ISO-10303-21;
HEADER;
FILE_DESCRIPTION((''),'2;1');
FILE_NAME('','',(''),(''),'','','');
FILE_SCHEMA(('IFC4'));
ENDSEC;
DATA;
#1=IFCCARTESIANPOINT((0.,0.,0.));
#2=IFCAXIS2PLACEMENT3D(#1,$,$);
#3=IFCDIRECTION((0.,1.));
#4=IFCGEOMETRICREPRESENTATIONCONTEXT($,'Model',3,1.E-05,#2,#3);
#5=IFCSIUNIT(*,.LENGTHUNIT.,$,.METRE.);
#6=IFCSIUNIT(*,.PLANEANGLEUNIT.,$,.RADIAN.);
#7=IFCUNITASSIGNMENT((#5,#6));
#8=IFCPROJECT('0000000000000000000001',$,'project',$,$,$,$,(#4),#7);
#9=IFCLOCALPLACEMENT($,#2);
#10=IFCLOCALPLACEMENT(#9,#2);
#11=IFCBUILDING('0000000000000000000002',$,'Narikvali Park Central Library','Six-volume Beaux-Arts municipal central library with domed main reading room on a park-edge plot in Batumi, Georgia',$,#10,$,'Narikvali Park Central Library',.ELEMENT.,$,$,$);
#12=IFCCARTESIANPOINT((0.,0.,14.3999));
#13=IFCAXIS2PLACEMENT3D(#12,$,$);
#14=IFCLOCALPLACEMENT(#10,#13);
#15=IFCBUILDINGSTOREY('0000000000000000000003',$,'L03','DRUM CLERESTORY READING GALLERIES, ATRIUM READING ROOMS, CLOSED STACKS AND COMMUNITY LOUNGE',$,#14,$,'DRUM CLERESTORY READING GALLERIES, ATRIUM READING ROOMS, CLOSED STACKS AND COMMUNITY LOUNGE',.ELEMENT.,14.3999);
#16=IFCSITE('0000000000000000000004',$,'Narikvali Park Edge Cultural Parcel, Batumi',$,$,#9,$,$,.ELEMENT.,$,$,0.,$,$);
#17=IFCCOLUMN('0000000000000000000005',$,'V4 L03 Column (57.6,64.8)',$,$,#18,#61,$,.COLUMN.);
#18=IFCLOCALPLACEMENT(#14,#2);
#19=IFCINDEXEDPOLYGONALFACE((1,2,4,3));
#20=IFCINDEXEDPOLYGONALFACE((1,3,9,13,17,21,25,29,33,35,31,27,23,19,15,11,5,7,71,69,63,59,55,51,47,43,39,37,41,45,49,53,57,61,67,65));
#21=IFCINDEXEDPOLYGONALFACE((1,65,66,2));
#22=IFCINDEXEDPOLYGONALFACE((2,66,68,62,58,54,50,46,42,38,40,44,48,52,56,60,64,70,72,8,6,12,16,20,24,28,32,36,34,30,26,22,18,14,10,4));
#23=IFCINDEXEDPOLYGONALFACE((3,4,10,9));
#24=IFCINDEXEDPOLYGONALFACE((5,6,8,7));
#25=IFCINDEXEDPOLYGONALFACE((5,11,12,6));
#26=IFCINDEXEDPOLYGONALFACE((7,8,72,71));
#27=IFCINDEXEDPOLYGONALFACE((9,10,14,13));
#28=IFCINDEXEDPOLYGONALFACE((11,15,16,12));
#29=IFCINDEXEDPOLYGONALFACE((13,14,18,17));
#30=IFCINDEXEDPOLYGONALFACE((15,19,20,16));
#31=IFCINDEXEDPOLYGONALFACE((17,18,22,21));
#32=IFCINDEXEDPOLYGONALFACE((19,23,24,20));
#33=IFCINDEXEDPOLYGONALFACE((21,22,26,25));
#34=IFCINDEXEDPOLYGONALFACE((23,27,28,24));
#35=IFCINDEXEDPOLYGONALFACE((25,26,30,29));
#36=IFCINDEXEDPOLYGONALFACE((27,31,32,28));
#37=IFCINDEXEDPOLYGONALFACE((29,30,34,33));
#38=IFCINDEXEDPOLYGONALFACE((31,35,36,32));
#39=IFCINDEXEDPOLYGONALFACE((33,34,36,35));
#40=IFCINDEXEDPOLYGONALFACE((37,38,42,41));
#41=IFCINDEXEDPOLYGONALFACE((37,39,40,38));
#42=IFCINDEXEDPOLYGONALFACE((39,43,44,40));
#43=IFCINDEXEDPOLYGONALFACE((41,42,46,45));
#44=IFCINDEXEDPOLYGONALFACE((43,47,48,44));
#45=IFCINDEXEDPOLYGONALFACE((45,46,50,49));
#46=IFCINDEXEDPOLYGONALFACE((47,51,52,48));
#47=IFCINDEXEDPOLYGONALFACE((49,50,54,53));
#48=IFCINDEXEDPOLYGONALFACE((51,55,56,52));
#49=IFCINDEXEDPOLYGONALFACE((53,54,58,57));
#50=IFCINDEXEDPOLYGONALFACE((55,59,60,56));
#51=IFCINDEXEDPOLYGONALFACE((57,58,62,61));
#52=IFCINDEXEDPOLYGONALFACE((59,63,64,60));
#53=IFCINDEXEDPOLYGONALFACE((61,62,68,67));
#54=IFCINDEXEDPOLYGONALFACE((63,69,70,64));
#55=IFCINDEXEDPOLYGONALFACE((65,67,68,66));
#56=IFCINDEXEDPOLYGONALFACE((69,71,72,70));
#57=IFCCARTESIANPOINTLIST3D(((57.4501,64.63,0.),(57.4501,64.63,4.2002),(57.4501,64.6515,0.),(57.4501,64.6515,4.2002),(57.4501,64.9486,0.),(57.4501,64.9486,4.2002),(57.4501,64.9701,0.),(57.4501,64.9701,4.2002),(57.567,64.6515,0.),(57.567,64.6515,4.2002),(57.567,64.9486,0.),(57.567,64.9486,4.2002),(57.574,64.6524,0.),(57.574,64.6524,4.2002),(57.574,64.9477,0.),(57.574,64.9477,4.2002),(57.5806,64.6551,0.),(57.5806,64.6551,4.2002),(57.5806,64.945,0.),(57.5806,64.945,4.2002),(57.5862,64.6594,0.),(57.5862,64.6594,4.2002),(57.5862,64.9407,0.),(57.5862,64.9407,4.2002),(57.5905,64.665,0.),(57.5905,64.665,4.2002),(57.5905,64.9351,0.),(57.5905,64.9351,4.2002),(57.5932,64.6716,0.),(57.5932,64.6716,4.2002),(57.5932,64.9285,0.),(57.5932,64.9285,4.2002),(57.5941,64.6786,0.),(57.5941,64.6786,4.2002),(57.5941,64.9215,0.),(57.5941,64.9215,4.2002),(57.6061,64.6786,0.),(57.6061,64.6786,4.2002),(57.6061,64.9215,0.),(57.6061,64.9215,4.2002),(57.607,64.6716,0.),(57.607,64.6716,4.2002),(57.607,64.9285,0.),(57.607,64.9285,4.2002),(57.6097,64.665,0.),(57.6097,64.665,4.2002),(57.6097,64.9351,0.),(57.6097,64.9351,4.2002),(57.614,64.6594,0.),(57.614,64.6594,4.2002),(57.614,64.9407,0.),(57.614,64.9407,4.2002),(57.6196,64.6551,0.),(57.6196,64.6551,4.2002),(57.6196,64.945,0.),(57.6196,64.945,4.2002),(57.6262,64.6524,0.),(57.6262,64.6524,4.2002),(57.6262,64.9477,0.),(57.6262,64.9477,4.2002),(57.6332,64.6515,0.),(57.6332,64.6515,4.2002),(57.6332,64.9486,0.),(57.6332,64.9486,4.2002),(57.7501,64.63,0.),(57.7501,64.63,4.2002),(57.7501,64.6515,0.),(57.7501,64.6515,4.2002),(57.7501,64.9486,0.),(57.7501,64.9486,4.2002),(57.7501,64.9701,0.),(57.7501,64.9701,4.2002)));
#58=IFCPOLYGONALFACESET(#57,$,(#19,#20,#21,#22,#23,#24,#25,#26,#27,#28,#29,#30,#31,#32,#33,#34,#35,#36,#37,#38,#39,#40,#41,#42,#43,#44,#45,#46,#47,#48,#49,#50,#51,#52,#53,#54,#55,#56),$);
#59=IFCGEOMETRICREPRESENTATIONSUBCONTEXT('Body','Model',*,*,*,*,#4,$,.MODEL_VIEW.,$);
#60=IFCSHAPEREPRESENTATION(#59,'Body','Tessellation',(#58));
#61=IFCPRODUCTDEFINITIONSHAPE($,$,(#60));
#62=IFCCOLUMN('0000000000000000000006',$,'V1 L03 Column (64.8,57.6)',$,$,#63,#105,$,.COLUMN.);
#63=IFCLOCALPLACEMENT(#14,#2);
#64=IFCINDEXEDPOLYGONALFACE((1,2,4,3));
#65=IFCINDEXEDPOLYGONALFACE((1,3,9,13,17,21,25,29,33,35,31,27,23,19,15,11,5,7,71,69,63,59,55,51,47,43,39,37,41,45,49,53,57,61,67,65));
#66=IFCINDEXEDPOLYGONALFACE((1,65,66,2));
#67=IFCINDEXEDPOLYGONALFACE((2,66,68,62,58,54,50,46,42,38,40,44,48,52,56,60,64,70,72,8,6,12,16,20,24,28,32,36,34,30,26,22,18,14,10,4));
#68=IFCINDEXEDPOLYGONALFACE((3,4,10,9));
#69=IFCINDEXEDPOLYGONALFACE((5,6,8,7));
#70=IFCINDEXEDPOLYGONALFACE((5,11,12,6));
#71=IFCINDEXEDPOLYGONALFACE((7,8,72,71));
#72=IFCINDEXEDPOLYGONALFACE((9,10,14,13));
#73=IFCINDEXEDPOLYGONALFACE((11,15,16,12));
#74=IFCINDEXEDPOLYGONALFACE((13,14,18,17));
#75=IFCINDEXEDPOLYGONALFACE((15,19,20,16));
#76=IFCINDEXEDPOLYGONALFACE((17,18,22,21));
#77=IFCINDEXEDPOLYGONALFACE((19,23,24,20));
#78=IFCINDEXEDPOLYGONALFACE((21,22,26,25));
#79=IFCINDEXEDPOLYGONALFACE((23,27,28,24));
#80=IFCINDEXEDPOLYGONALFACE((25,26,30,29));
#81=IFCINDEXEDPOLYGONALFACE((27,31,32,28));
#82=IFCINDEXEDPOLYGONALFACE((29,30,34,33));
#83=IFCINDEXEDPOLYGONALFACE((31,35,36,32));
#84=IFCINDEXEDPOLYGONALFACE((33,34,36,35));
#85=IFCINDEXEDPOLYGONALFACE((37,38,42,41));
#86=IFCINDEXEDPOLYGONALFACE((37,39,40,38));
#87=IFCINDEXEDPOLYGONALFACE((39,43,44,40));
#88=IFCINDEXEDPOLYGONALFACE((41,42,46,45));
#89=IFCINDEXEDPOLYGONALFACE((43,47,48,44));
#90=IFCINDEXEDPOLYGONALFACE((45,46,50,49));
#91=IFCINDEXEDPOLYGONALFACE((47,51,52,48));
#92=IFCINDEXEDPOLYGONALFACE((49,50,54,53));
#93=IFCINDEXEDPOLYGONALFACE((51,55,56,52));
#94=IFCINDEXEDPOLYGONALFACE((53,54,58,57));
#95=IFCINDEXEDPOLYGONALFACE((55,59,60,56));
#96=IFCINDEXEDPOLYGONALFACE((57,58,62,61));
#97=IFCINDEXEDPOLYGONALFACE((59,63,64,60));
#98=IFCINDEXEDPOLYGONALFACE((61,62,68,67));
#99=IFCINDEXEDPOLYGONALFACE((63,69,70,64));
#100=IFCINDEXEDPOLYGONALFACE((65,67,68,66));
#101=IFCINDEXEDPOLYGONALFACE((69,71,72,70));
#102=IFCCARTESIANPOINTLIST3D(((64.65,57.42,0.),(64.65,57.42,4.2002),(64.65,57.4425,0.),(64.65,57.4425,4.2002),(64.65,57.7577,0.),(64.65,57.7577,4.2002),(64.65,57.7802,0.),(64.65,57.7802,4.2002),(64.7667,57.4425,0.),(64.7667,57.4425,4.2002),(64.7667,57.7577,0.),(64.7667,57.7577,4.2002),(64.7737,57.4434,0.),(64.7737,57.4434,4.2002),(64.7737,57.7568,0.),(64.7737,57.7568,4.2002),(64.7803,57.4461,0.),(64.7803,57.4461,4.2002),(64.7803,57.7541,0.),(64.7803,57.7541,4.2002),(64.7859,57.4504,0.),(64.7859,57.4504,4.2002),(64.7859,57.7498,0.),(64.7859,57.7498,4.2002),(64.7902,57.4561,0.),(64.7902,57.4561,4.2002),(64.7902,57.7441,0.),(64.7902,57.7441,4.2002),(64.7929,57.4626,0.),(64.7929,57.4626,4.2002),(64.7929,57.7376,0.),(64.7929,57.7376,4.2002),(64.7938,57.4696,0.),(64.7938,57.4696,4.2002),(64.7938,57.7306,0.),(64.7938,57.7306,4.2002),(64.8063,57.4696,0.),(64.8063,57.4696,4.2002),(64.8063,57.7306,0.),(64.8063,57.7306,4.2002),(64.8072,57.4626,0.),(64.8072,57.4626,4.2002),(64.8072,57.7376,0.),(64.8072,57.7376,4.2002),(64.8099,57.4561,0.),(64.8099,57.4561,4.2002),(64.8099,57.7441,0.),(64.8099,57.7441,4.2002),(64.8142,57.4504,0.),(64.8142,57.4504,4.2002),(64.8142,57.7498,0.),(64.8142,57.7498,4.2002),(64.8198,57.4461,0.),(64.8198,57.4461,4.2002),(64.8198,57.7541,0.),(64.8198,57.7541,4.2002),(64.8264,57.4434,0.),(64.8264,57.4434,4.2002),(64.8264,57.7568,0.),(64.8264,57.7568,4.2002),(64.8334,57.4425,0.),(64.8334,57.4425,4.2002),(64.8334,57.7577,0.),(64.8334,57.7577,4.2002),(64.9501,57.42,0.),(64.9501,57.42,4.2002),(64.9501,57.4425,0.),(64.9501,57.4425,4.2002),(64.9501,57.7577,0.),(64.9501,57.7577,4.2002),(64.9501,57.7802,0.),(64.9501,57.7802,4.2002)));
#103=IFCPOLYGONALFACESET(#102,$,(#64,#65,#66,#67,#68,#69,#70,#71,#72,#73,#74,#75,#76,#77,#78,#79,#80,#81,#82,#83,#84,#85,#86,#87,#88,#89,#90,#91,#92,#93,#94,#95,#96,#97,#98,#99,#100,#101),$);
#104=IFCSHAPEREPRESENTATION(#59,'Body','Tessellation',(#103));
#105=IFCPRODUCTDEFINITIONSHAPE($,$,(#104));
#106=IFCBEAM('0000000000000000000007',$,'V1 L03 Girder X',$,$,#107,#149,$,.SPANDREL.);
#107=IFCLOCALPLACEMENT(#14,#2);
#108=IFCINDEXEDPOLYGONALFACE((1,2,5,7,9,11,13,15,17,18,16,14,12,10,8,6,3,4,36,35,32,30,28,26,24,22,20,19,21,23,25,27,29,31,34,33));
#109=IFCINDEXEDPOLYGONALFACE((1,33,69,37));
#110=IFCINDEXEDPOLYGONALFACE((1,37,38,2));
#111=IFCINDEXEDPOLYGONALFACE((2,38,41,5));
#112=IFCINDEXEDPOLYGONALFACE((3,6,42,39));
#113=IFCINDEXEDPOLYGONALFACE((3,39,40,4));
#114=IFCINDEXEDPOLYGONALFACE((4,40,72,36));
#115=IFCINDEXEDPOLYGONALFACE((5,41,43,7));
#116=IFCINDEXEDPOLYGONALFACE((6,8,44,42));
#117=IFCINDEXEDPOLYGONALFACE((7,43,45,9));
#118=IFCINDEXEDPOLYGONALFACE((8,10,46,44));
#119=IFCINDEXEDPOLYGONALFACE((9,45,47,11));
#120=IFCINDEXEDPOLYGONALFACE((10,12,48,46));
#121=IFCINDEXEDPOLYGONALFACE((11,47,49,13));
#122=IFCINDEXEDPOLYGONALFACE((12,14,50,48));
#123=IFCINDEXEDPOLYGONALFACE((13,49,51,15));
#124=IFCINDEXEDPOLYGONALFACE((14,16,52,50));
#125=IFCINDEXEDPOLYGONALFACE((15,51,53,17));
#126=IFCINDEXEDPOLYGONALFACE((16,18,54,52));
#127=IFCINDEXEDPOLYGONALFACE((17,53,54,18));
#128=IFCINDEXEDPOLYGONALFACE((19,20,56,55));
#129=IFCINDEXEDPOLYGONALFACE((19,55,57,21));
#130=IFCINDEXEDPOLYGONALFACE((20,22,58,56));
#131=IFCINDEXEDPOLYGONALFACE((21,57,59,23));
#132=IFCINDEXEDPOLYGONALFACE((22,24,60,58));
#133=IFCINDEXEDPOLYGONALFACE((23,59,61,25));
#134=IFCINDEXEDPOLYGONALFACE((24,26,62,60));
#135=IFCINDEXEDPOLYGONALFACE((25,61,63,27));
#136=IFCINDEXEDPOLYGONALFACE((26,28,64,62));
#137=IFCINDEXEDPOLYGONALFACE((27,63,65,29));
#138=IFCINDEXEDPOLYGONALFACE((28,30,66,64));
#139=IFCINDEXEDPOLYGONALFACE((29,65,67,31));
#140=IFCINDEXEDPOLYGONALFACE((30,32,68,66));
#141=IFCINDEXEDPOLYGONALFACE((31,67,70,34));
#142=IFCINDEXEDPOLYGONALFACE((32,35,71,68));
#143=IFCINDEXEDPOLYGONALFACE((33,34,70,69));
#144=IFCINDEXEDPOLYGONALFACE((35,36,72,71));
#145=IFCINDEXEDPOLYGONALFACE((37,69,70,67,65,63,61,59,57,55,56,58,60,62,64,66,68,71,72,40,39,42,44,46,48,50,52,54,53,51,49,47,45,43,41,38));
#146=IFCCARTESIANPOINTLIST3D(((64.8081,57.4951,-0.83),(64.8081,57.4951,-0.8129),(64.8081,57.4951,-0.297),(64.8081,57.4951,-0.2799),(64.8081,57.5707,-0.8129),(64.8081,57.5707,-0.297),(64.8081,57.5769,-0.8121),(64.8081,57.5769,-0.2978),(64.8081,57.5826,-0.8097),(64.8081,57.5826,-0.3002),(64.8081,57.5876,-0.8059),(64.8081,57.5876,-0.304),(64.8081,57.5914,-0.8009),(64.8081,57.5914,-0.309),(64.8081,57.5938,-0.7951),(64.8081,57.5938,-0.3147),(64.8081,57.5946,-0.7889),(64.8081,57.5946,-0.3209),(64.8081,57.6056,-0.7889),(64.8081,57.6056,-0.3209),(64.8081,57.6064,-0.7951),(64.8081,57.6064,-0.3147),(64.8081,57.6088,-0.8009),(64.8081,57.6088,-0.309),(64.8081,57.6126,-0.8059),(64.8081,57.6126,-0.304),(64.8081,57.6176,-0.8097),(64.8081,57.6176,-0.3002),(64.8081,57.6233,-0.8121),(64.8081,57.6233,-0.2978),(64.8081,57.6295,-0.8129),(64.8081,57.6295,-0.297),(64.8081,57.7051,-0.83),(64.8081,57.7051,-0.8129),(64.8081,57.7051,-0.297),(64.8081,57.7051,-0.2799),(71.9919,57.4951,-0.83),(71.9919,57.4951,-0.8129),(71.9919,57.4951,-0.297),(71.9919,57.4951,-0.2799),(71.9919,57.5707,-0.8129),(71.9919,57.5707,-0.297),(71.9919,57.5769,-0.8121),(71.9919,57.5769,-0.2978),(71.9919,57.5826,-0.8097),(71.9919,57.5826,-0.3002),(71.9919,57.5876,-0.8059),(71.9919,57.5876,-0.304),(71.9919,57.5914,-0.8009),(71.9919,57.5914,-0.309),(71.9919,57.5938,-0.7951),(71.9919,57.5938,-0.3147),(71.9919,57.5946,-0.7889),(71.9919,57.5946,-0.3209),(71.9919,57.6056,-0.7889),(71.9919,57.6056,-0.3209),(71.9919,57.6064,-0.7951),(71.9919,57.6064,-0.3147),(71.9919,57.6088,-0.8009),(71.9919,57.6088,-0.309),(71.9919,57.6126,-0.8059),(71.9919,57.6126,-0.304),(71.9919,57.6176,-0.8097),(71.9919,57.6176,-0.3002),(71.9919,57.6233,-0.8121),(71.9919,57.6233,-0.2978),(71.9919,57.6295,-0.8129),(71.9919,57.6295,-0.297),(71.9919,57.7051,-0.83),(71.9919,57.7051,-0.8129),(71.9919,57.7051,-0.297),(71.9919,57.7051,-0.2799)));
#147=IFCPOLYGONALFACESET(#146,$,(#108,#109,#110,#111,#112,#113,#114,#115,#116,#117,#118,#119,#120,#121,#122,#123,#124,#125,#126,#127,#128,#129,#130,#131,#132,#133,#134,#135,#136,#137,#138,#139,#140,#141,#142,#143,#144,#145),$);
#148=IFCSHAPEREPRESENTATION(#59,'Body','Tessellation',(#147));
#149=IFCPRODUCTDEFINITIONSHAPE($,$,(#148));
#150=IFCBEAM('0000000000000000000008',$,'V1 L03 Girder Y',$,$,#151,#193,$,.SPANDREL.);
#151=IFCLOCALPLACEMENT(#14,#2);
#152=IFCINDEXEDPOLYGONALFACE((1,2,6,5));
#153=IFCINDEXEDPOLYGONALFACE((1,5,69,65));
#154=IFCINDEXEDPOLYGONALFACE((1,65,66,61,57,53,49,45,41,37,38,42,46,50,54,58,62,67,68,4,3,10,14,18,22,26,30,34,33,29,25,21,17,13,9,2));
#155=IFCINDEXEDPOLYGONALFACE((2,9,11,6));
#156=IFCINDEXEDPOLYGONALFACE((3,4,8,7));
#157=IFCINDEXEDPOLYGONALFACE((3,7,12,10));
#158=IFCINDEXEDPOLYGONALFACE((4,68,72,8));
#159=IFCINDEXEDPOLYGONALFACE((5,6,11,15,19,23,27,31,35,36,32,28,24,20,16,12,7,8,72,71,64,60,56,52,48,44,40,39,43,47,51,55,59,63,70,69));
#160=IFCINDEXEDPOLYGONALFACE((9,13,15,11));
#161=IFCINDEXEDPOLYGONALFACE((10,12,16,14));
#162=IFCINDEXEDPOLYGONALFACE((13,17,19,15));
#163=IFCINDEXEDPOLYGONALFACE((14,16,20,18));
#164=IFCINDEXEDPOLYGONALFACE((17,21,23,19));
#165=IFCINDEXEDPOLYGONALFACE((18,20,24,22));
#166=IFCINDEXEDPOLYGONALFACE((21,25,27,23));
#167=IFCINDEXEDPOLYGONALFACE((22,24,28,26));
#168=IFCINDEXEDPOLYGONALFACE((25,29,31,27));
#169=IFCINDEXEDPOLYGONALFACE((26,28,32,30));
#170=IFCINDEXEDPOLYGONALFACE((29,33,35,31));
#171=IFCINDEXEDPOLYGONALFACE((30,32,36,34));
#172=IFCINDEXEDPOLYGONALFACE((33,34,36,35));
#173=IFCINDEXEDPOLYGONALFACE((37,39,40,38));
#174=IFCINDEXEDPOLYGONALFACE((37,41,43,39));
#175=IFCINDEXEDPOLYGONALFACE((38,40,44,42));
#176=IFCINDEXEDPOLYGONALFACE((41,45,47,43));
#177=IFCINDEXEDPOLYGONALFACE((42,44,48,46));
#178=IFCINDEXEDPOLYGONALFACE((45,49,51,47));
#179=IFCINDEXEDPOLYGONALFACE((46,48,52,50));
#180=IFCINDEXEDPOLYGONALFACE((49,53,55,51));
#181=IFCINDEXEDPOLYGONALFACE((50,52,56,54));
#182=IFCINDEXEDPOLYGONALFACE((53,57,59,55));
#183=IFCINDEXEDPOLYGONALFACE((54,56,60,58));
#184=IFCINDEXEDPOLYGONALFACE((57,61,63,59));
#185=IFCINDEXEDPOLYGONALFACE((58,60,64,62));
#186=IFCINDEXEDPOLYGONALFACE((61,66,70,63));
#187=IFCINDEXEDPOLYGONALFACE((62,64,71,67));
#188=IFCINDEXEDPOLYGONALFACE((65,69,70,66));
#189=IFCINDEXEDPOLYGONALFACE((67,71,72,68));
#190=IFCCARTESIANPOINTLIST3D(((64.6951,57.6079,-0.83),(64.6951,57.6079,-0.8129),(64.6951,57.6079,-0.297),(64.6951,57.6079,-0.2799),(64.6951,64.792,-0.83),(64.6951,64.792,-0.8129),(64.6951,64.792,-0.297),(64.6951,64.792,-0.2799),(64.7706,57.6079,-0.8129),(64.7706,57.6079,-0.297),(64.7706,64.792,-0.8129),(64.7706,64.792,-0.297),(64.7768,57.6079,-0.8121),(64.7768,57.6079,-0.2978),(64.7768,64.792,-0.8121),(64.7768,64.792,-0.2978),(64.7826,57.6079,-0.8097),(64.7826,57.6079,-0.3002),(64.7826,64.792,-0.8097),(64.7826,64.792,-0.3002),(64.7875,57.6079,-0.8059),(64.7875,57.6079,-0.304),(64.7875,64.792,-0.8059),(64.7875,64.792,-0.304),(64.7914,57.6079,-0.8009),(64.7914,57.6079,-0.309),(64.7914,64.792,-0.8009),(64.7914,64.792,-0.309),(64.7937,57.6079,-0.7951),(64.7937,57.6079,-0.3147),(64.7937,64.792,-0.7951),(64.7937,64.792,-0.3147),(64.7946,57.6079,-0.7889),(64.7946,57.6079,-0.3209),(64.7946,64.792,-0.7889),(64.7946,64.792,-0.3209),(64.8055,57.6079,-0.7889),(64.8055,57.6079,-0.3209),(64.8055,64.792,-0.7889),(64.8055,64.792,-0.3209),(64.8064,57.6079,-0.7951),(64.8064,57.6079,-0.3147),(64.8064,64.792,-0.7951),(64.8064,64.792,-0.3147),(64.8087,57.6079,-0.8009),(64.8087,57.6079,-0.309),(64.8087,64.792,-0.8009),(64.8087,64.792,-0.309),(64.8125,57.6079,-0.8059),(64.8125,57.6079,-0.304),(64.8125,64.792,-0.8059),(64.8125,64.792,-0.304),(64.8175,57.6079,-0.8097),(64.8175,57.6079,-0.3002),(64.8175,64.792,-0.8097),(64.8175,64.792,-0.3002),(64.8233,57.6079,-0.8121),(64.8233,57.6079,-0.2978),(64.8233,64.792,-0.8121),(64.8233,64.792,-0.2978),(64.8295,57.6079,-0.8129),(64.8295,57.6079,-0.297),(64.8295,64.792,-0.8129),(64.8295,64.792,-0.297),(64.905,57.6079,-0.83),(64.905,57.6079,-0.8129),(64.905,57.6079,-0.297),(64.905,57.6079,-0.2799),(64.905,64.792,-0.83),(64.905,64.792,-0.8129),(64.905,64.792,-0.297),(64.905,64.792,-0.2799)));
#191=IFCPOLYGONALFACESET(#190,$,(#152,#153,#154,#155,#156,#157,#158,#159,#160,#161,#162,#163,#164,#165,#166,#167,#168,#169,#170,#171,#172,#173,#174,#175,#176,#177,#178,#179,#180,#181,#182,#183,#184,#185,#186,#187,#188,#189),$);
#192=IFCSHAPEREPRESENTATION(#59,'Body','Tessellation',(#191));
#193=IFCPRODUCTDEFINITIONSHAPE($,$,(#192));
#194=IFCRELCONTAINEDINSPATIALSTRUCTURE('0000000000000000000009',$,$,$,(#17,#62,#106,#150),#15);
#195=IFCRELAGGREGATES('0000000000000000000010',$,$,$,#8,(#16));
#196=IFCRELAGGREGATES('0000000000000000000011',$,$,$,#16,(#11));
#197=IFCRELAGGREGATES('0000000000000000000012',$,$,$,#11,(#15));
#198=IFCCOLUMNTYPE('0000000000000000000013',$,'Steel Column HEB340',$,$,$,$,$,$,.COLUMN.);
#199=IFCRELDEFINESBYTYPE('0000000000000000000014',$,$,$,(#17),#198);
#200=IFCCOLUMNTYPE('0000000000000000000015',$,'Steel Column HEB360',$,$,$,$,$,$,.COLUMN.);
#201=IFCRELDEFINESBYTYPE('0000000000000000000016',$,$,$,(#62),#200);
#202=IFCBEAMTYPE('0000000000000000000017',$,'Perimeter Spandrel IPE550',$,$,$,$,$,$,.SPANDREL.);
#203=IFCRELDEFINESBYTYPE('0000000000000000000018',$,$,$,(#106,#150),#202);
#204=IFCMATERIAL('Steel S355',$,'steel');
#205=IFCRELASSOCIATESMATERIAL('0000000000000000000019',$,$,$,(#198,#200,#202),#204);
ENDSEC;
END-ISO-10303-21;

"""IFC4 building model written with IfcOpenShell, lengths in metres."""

from ifc_helpers import new_model, si_unit, direction, frame, origin, origin_2d, place, context, subcontext, project, spatial, i_section, extrude, material, material_profile, profile_set, type_object, element, save


model = new_model("IFC4")

# Units and contexts
model_context = context("Model", 3, precision=1e-05, world=origin(), true_north=direction((0.0, 1.0)))
body_context = subcontext(model_context, "Body", "Model", "MODEL_VIEW")
ifc_project = project(units=[si_unit("LENGTHUNIT", "METRE"), si_unit("PLANEANGLEUNIT", "RADIAN")], contexts=[model_context])

# Site, building, storey
site_placement = place(None, origin())
site = spatial("IfcSite", under=ifc_project, at=site_placement, Name="Narikvali Park Edge Cultural Parcel, Batumi", CompositionType="ELEMENT", RefElevation=0.0)
building_placement = place(site_placement, origin())
building = spatial("IfcBuilding", under=site, at=building_placement, Name="Narikvali Park Central Library", Description="Six-volume Beaux-Arts municipal central library with domed main reading room on a park-edge plot in Batumi, Georgia", LongName="Narikvali Park Central Library", CompositionType="ELEMENT")
storey_placement = place(building_placement, frame((0.0, 0.0, 14.3999)))
storey = spatial("IfcBuildingStorey", under=building, at=storey_placement, Name="L03", Description="DRUM CLERESTORY READING GALLERIES, ATRIUM READING ROOMS, CLOSED STACKS AND COMMUNITY LOUNGE", LongName="DRUM CLERESTORY READING GALLERIES, ATRIUM READING ROOMS, CLOSED STACKS AND COMMUNITY LOUNGE", CompositionType="ELEMENT", Elevation=14.3999)

# Columns
ifc_material_1 = material(Name="Steel S355", Category="steel")
ifc_material_profile_1 = material_profile(ifc_material_1, i_section(OverallWidth=0.3, OverallDepth=0.3401, WebThickness=0.012, FlangeThickness=0.0215, FilletRadius=0.0271, at=origin_2d()), Name="HEB 340")
ifc_profile_set_1 = profile_set([ifc_material_profile_1], Name="Steel S355")
column_type_1 = type_object("IfcColumnType", Name="Steel Column HEB340", PredefinedType="COLUMN", material=ifc_profile_set_1)
column_1_placement = place(storey_placement, frame((57.6001, 64.8, 0.0), z_axis=(0.0, 0.0, 1.0), x_axis=(1.0, 0.0, 0.0)))
element("IfcColumn", 1, at=column_1_placement, inside=storey, type_object=column_type_1, Name="V4 L03 Column (57.6,64.8)", PredefinedType="COLUMN", context=body_context, shape_type="SweptSolid", body=[
    extrude(i_section(OverallWidth=0.3, OverallDepth=0.3401, WebThickness=0.012, FlangeThickness=0.0215, FilletRadius=0.0271, at=origin_2d()), origin(), (0.0, 0.0, 1.0), 4.2002),
])
ifc_material_profile_2 = material_profile(ifc_material_1, i_section(OverallWidth=0.3, OverallDepth=0.3601, WebThickness=0.0125, FlangeThickness=0.0225, FilletRadius=0.0271, at=origin_2d()), Name="HEB 360")
ifc_profile_set_2 = profile_set([ifc_material_profile_2], Name="Steel S355")
column_type_2 = type_object("IfcColumnType", Name="Steel Column HEB360", PredefinedType="COLUMN", material=ifc_profile_set_2)
column_2_placement = place(storey_placement, frame((64.8, 57.6001, 0.0), z_axis=(0.0, 0.0, 1.0), x_axis=(1.0, 0.0, 0.0)))
element("IfcColumn", 2, at=column_2_placement, inside=storey, type_object=column_type_2, Name="V1 L03 Column (64.8,57.6)", PredefinedType="COLUMN", context=body_context, shape_type="SweptSolid", body=[
    extrude(i_section(OverallWidth=0.3, OverallDepth=0.3601, WebThickness=0.0125, FlangeThickness=0.0225, FilletRadius=0.0271, at=origin_2d()), origin(), (0.0, 0.0, 1.0), 4.2002),
])

# Beams
ifc_material_profile_3 = material_profile(ifc_material_1, i_section(OverallWidth=0.21, OverallDepth=0.55, WebThickness=0.011, FlangeThickness=0.0171, FilletRadius=0.0239, at=origin_2d()), Name="IPE 550")
ifc_profile_set_3 = profile_set([ifc_material_profile_3], Name="Steel S355")
beam_type = type_object("IfcBeamType", Name="Perimeter Spandrel IPE550", PredefinedType="SPANDREL", material=ifc_profile_set_3)
beam_1_placement = place(storey_placement, frame((64.8081, 57.6001, -0.5549), z_axis=(1.0, 0.0, 0.0), x_axis=(0.0, 1.0, 0.0)))
element("IfcBeam", 3, at=beam_1_placement, inside=storey, type_object=beam_type, Name="V1 L03 Girder X", PredefinedType="SPANDREL", context=body_context, shape_type="SweptSolid", body=[
    extrude(i_section(OverallWidth=0.21, OverallDepth=0.55, WebThickness=0.011, FlangeThickness=0.0171, FilletRadius=0.0239, at=origin_2d()), origin(), (0.0, 0.0, 1.0), 7.1838),
])
beam_2_placement = place(storey_placement, frame((64.8, 57.6079, -0.5549), z_axis=(0.0, 1.0, 0.0), x_axis=(-1.0, 0.0, 0.0)))
element("IfcBeam", 4, at=beam_2_placement, inside=storey, type_object=beam_type, Name="V1 L03 Girder Y", PredefinedType="SPANDREL", context=body_context, shape_type="SweptSolid", body=[
    extrude(i_section(OverallWidth=0.21, OverallDepth=0.55, WebThickness=0.011, FlangeThickness=0.0171, FilletRadius=0.0239, at=origin_2d()), origin(), (0.0, 0.0, 1.0), 7.1841),
])

save(model, "model.ifc")
